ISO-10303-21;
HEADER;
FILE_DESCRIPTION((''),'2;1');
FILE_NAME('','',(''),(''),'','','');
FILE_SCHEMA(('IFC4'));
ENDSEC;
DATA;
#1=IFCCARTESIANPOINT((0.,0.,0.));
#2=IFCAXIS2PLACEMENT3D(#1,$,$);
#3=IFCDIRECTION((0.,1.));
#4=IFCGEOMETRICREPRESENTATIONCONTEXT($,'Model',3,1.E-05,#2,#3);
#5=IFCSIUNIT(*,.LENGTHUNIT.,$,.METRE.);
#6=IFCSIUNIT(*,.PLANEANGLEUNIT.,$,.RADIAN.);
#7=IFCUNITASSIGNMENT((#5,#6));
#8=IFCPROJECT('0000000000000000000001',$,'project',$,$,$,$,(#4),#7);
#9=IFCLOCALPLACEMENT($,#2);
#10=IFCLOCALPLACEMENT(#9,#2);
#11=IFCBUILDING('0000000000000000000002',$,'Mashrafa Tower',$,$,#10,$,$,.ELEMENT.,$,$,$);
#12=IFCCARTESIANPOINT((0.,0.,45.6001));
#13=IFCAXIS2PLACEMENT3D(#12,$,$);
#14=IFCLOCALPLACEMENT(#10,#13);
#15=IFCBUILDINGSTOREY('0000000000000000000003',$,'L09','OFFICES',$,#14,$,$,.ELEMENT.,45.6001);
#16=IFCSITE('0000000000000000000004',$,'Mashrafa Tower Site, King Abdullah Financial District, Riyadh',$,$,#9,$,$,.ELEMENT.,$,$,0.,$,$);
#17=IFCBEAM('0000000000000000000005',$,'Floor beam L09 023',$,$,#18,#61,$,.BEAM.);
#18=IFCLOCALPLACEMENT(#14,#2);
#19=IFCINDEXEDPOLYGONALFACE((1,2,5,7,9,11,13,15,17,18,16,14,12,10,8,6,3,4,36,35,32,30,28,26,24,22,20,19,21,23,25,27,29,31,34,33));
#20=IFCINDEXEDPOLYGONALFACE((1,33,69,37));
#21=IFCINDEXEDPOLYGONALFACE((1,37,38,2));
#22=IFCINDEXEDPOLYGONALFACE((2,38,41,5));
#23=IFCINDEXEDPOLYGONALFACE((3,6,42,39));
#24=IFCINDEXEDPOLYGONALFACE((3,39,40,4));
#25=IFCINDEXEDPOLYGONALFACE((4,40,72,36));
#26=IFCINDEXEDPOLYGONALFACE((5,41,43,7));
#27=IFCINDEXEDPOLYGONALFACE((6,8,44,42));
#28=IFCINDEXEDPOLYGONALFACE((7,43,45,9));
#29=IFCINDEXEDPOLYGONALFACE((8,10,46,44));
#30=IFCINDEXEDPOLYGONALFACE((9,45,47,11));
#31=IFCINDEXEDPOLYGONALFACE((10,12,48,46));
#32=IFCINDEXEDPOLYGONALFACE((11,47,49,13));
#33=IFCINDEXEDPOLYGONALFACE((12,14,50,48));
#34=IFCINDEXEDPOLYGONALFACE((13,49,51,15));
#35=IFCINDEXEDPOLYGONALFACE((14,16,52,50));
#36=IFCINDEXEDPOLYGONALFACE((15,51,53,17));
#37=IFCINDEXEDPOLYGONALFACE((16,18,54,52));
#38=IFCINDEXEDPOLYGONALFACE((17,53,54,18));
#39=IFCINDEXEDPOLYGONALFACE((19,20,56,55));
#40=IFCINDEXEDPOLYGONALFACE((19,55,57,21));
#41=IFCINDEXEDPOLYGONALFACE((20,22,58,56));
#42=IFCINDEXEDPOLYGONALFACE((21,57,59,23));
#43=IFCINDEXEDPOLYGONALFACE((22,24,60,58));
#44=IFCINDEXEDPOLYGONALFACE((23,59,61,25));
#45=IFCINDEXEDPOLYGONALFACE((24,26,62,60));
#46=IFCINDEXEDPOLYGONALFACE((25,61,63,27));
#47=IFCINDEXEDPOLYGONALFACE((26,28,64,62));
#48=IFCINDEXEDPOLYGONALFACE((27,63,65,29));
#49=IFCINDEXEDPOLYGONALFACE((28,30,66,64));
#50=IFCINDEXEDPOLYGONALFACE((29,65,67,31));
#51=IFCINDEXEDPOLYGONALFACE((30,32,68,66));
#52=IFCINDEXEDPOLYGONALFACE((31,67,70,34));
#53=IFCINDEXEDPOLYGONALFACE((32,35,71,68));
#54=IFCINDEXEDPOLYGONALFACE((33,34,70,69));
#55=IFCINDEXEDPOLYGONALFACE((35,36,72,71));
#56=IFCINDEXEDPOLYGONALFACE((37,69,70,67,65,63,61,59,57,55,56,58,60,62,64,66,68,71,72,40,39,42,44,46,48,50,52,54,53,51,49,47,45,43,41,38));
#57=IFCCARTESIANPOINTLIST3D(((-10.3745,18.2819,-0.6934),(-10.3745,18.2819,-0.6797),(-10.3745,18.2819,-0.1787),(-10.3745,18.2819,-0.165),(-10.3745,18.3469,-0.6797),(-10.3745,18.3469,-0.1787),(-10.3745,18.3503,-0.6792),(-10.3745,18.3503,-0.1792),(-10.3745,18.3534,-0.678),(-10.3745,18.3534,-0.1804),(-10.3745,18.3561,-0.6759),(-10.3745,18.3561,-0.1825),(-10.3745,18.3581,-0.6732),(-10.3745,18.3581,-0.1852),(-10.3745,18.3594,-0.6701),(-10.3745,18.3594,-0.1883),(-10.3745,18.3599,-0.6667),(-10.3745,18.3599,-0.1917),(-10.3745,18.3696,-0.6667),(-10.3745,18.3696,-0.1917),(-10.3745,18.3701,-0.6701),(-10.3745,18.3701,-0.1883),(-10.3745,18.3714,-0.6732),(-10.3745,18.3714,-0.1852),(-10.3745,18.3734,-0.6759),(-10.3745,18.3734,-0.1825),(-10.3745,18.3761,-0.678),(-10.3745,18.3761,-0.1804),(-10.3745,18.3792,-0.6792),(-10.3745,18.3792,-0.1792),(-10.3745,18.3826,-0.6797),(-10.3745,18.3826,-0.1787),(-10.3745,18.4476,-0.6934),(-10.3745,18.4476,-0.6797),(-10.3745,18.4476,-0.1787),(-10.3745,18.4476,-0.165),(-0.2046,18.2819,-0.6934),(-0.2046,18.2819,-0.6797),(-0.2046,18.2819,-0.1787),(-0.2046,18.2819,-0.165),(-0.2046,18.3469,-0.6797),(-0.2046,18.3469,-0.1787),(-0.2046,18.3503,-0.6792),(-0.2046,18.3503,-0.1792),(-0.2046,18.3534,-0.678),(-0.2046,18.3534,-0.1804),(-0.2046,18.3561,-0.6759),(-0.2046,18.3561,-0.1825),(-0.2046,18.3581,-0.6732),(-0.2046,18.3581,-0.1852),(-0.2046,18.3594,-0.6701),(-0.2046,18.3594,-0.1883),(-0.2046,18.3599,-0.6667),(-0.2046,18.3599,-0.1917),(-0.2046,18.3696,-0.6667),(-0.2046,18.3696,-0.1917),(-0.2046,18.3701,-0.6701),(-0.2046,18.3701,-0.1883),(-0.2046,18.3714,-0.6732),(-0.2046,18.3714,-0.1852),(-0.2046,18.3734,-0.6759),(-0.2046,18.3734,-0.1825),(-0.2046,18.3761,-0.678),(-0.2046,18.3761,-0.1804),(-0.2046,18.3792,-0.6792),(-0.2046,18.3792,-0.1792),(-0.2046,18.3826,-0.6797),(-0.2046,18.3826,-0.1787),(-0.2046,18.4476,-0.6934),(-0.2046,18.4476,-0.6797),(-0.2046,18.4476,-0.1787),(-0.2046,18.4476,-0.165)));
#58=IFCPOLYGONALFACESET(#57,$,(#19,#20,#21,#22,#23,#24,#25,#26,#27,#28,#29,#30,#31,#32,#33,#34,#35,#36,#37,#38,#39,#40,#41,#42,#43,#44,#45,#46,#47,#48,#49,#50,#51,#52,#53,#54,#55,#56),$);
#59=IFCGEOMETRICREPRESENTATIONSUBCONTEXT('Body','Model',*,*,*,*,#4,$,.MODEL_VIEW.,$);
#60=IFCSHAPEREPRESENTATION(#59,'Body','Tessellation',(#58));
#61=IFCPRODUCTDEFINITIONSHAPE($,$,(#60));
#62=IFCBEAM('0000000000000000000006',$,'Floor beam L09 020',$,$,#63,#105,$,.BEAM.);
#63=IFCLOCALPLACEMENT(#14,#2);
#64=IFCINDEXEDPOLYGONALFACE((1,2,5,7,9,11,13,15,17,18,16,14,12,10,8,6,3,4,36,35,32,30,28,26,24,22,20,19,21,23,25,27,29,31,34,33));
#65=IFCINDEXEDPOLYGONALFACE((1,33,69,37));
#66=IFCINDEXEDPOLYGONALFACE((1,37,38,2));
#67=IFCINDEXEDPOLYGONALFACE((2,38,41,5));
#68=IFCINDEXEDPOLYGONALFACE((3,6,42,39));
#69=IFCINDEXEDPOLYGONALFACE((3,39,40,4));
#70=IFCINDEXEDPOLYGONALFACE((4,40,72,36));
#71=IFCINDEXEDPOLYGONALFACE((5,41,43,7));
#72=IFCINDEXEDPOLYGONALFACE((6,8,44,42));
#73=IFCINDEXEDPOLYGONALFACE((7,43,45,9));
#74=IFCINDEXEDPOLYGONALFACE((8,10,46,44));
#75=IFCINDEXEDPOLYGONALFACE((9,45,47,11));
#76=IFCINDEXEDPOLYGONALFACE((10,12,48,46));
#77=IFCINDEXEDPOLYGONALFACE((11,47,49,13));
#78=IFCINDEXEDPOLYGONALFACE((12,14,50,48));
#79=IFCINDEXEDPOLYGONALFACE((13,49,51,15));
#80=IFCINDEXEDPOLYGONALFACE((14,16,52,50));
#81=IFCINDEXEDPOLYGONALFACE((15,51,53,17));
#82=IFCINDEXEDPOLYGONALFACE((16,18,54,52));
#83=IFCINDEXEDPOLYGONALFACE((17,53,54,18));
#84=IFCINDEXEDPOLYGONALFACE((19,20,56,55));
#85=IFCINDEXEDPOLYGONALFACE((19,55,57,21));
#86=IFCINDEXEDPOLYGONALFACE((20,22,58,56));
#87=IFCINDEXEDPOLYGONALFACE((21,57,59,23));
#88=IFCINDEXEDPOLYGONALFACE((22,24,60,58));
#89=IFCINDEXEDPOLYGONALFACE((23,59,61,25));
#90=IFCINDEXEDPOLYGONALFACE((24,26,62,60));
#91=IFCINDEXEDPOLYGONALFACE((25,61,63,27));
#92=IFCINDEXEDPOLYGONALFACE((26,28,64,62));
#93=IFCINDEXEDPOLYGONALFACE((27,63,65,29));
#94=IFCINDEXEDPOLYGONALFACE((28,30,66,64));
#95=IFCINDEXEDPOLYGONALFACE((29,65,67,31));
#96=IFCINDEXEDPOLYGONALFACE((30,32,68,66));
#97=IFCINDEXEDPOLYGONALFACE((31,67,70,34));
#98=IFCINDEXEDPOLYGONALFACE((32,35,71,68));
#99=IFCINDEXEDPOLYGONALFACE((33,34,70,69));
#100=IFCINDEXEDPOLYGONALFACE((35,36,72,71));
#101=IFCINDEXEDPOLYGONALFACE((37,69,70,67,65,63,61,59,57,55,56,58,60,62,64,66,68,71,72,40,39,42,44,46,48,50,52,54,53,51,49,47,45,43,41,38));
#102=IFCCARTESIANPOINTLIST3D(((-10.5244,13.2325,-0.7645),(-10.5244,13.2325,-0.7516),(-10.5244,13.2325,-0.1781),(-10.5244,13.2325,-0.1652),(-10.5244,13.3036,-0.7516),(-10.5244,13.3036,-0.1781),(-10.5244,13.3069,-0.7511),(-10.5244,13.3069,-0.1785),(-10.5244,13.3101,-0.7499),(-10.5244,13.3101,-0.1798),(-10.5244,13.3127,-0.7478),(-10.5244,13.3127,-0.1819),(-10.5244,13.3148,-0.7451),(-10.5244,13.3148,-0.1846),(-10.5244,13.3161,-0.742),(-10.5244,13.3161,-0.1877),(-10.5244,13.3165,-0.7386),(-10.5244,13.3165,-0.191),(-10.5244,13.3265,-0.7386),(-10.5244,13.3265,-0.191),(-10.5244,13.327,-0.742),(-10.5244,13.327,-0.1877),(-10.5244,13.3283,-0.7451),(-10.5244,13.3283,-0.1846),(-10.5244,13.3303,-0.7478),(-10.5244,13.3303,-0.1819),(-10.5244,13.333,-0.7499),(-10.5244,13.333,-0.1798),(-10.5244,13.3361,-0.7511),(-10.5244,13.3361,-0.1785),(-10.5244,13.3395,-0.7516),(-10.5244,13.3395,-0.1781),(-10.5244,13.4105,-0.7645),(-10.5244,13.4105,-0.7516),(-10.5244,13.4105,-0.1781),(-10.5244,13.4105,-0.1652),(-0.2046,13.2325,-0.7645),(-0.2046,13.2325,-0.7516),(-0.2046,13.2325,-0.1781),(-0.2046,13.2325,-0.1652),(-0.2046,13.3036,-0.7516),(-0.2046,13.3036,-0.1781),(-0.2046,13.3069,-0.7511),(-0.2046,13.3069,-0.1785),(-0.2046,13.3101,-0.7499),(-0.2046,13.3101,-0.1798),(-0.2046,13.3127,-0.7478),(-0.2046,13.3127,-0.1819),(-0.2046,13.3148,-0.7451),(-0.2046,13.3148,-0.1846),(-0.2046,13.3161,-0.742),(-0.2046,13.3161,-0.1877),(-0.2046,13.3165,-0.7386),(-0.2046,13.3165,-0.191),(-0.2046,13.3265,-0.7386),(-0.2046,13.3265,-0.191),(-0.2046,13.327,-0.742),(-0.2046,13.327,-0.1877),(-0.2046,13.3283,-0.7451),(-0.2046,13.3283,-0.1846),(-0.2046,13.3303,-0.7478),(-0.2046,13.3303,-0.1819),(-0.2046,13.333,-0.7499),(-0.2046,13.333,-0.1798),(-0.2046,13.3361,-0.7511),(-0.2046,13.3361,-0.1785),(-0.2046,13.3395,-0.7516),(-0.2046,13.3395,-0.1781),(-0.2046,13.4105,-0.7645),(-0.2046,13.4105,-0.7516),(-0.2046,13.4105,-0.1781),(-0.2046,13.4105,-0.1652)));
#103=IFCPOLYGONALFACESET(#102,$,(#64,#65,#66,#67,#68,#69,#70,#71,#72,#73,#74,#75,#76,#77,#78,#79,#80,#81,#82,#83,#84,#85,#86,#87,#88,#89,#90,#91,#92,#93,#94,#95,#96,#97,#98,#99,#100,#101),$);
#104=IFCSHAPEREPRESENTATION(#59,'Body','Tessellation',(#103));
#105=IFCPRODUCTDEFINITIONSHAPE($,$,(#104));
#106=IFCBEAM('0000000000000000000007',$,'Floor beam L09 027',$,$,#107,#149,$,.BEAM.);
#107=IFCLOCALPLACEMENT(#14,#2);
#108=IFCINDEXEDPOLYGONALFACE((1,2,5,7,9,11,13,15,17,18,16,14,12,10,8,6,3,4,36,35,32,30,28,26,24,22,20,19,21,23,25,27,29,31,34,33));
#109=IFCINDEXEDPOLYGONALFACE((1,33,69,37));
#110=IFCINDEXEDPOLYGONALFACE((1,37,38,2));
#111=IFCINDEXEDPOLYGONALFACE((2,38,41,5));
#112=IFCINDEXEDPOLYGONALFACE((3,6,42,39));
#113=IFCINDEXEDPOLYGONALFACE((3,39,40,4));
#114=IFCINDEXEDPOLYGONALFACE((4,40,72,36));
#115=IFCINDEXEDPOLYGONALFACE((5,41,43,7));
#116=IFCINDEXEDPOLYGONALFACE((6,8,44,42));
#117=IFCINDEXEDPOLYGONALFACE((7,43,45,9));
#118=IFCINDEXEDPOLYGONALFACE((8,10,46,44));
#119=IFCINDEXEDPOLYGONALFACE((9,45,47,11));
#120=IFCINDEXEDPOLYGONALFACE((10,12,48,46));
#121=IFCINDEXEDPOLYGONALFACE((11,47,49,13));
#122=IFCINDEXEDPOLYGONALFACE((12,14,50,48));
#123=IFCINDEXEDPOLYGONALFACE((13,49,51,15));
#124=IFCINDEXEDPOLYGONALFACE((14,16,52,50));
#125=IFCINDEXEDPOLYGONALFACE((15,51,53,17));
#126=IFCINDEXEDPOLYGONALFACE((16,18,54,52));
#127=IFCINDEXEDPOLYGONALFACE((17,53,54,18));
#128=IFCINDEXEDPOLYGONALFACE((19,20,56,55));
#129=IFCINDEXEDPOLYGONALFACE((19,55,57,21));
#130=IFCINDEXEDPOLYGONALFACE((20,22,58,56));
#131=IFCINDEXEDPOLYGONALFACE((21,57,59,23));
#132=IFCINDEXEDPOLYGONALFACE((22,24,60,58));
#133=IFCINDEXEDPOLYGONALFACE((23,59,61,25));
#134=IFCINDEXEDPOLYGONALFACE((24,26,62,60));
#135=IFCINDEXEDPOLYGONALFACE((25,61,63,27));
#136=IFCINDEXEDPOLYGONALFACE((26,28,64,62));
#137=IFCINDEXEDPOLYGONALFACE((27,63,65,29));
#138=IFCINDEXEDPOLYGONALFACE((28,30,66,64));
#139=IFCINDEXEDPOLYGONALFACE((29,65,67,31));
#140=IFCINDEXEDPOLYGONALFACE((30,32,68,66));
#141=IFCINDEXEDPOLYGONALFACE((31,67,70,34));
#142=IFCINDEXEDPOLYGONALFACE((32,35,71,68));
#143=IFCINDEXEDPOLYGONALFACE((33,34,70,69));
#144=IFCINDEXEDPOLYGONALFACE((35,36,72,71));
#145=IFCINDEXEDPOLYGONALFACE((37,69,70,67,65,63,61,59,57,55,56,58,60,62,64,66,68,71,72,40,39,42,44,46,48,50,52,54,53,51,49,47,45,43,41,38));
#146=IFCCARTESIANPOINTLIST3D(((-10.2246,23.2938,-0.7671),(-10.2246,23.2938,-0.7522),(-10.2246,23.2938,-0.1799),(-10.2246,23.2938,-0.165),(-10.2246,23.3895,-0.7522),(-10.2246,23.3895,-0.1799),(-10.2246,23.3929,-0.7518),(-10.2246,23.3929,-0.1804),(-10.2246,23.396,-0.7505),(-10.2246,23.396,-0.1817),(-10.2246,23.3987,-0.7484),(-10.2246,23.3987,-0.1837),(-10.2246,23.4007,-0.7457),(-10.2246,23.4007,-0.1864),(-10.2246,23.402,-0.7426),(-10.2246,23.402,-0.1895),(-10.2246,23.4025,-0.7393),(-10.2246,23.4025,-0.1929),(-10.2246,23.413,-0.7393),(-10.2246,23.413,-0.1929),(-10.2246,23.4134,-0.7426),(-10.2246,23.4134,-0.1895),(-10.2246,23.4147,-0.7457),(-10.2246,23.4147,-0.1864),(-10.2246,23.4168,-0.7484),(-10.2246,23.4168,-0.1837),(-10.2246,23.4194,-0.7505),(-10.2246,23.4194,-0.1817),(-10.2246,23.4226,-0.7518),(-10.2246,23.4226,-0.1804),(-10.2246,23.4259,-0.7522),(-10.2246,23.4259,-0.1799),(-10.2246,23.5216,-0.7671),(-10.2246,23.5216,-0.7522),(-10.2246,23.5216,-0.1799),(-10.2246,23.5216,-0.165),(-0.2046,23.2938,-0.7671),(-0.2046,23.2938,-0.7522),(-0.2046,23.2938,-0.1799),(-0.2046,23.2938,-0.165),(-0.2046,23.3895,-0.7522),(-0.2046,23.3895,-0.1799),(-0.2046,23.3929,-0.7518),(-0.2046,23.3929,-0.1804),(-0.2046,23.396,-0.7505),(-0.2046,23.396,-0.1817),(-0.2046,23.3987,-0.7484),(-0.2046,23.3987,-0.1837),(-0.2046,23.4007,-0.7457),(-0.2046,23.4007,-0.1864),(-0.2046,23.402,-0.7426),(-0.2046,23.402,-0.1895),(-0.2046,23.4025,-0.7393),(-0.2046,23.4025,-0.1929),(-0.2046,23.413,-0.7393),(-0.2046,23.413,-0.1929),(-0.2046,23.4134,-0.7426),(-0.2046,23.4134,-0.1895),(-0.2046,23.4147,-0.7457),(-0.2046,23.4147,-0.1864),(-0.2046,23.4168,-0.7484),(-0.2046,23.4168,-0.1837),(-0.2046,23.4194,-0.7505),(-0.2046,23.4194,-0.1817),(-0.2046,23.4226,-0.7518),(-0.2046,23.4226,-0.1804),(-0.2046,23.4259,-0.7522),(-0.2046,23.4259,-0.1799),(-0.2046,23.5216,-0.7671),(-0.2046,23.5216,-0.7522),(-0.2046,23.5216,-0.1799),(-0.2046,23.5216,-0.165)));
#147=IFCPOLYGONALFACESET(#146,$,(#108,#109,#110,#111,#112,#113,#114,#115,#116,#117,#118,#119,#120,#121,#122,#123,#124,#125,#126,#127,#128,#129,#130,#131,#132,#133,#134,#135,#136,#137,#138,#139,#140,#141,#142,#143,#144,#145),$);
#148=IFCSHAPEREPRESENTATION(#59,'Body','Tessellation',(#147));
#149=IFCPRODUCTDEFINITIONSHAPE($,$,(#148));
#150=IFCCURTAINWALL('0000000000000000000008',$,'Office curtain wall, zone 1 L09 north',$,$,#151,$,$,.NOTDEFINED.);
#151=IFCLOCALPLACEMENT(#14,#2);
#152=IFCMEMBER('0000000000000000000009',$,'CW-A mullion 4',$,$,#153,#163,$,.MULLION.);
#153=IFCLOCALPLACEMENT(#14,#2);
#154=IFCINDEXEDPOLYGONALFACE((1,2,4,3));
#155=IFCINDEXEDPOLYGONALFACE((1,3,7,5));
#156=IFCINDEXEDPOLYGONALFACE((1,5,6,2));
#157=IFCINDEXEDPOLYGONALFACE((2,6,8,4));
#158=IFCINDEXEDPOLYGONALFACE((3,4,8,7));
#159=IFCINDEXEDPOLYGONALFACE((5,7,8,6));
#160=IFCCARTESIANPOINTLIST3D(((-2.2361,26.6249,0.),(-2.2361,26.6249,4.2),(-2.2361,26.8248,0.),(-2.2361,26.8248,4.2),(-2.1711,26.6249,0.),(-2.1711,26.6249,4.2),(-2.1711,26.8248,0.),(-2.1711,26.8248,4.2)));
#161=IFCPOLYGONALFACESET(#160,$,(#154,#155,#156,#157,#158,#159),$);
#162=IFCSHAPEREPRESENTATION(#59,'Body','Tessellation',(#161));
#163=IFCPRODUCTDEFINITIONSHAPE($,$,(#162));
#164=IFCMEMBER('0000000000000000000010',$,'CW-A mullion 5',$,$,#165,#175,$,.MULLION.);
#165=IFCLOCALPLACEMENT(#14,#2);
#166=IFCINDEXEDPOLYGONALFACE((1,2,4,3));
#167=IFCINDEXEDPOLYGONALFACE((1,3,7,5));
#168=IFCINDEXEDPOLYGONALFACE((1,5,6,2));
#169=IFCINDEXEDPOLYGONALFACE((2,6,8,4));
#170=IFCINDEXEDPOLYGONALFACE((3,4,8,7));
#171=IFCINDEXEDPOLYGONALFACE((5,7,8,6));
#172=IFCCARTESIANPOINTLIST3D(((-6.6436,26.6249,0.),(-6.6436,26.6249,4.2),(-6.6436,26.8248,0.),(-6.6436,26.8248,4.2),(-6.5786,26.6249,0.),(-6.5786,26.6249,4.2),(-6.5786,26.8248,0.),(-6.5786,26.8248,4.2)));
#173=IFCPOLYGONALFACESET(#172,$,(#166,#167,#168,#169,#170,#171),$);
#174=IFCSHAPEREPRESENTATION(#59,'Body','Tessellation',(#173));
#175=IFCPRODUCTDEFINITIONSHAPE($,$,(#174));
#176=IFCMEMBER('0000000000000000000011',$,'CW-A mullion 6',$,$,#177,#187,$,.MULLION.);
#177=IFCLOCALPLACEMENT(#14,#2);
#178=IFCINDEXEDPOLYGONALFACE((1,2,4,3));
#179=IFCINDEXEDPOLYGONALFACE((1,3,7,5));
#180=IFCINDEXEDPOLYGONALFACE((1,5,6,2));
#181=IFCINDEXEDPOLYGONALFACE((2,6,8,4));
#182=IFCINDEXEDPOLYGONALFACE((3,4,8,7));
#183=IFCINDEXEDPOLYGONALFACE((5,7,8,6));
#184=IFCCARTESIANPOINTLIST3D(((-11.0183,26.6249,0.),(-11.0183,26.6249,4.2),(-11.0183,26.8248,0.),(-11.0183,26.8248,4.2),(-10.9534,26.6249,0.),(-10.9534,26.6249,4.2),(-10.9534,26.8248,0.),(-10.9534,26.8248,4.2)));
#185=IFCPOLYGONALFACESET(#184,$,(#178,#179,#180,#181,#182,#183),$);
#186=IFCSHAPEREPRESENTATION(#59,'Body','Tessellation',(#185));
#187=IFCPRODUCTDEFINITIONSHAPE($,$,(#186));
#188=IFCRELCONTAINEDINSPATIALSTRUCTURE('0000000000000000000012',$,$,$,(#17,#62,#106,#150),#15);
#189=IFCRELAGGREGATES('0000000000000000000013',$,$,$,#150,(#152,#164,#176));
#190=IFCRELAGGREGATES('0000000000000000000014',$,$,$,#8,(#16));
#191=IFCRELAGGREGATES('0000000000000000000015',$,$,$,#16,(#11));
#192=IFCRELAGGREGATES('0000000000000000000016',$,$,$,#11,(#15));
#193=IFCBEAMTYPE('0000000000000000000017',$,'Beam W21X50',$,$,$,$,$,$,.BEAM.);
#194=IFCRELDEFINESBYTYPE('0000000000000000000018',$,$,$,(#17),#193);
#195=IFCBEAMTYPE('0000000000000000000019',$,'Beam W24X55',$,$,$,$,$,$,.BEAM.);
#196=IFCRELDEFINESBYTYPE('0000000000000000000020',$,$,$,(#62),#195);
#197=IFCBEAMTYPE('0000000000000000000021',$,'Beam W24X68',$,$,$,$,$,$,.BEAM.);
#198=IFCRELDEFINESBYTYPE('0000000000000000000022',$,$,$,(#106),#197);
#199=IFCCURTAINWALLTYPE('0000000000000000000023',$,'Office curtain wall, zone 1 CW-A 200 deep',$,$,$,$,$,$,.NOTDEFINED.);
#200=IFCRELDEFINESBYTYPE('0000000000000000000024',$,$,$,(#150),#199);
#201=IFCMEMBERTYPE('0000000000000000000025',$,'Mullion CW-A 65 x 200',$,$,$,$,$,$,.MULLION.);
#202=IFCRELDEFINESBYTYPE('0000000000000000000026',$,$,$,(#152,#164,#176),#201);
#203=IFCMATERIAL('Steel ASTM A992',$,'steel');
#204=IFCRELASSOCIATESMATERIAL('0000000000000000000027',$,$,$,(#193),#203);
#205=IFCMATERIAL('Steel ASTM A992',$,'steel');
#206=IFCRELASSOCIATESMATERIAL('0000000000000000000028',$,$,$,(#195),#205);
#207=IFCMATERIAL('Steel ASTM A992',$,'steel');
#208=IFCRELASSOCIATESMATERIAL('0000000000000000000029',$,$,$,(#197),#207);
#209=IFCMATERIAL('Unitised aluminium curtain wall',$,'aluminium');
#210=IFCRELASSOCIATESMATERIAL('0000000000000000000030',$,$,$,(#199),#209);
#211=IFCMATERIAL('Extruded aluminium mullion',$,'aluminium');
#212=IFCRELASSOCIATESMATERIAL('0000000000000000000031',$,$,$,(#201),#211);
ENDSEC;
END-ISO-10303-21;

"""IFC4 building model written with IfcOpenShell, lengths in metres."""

from ifc_helpers import new_model, si_unit, direction, frame, origin, origin_2d, place, context, subcontext, project, spatial, rectangle, i_section, extrude, source, transform, mapped, material, material_profile, profile_set, type_object, type_shapes, element, aggregate, save


model = new_model("IFC4")

# Units and contexts
model_context = context("Model", 3, precision=1e-05, world=origin(), true_north=direction((0.0, 1.0)))
body_context = subcontext(model_context, "Body", "Model", "MODEL_VIEW")
ifc_project = project(units=[si_unit("LENGTHUNIT", "METRE"), si_unit("PLANEANGLEUNIT", "RADIAN")], contexts=[model_context])

# Site, building, storey
site_placement = place(None, origin())
site = spatial("IfcSite", under=ifc_project, at=site_placement, Name="Mashrafa Tower Site, King Abdullah Financial District, Riyadh", CompositionType="ELEMENT", RefElevation=0.0)
building_placement = place(site_placement, origin())
building = spatial("IfcBuilding", under=site, at=building_placement, Name="Mashrafa Tower", CompositionType="ELEMENT")
storey_placement = place(building_placement, frame((0.0, 0.0, 45.6001)))
storey = spatial("IfcBuildingStorey", under=building, at=storey_placement, Name="L09", Description="OFFICES", CompositionType="ELEMENT", Elevation=45.6001)

# Beams
ifc_material_1 = material(Name="Steel ASTM A992", Category="steel")
ifc_material_profile_1 = material_profile(ifc_material_1, i_section(OverallWidth=0.1658, OverallDepth=0.5283, WebThickness=0.0098, FlangeThickness=0.0137, FilletRadius=0.0129, at=origin_2d()), Name="W21X50")
ifc_profile_set_1 = profile_set([ifc_material_profile_1], Name="Steel ASTM A992")
beam_type_1 = type_object("IfcBeamType", Name="Beam W21X50", PredefinedType="BEAM", material=ifc_profile_set_1)
beam_1_placement = place(storey_placement, frame((-10.3745, 18.3647, -0.4292), z_axis=(1.0, 0.0, 0.0), x_axis=(0.0, 1.0, 0.0)))
element("IfcBeam", 1, at=beam_1_placement, inside=storey, type_object=beam_type_1, Name="Floor beam L09 023", PredefinedType="BEAM", context=body_context, shape_type="SweptSolid", body=[
    extrude(i_section(OverallWidth=0.1658, OverallDepth=0.5283, WebThickness=0.0098, FlangeThickness=0.0137, FilletRadius=0.0129, at=origin_2d()), origin(), (0.0, 0.0, 1.0), 10.1699),
])
ifc_material_2 = material(Name="Steel ASTM A992", Category="steel")
ifc_material_profile_2 = material_profile(ifc_material_2, i_section(OverallWidth=0.178, OverallDepth=0.5994, WebThickness=0.01, FlangeThickness=0.0129, FilletRadius=0.0129, at=origin_2d()), Name="W24X55")
ifc_profile_set_2 = profile_set([ifc_material_profile_2], Name="Steel ASTM A992")
beam_type_2 = type_object("IfcBeamType", Name="Beam W24X55", PredefinedType="BEAM", material=ifc_profile_set_2)
beam_2_placement = place(storey_placement, frame((-10.5244, 13.3215, -0.4648), z_axis=(1.0, 0.0, 0.0), x_axis=(0.0, 1.0, 0.0)))
element("IfcBeam", 2, at=beam_2_placement, inside=storey, type_object=beam_type_2, Name="Floor beam L09 020", PredefinedType="BEAM", context=body_context, shape_type="SweptSolid", body=[
    extrude(i_section(OverallWidth=0.178, OverallDepth=0.5994, WebThickness=0.01, FlangeThickness=0.0129, FilletRadius=0.0129, at=origin_2d()), origin(), (0.0, 0.0, 1.0), 10.3198),
])
ifc_material_3 = material(Name="Steel ASTM A992", Category="steel")
ifc_material_profile_3 = material_profile(ifc_material_3, i_section(OverallWidth=0.2278, OverallDepth=0.6021, WebThickness=0.0105, FlangeThickness=0.0149, FilletRadius=0.0129, at=origin_2d()), Name="W24X68")
ifc_profile_set_3 = profile_set([ifc_material_profile_3], Name="Steel ASTM A992")
beam_type_3 = type_object("IfcBeamType", Name="Beam W24X68", PredefinedType="BEAM", material=ifc_profile_set_3)
beam_3_placement = place(storey_placement, frame((-10.2246, 23.4077, -0.4661), z_axis=(1.0, 0.0, 0.0), x_axis=(0.0, 1.0, 0.0)))
element("IfcBeam", 3, at=beam_3_placement, inside=storey, type_object=beam_type_3, Name="Floor beam L09 027", PredefinedType="BEAM", context=body_context, shape_type="SweptSolid", body=[
    extrude(i_section(OverallWidth=0.2278, OverallDepth=0.6021, WebThickness=0.0105, FlangeThickness=0.0149, FilletRadius=0.0129, at=origin_2d()), origin(), (0.0, 0.0, 1.0), 10.02),
])

# Curtain wall, members
ifc_material_4 = material(Name="Unitised aluminium curtain wall", Category="aluminium")
curtain_wall_type = type_object("IfcCurtainWallType", Name="Office curtain wall, zone 1 CW-A 200 deep", PredefinedType="NOTDEFINED", material=ifc_material_4)
curtain_wall_1_placement = place(storey_placement, origin())
curtain_wall_1 = element("IfcCurtainWall", 4, at=curtain_wall_1_placement, inside=storey, type_object=curtain_wall_type, Name="Office curtain wall, zone 1 L09 north", PredefinedType="NOTDEFINED")
ifc_material_5 = material(Name="Extruded aluminium mullion", Category="aluminium")
ifc_material_profile_4 = material_profile(ifc_material_5, rectangle(XDim=0.2, YDim=0.0649, at=origin_2d()), Name="Mullion 65x200")
ifc_profile_set_4 = profile_set([ifc_material_profile_4], Name="Extruded aluminium mullion")
member_type_1 = type_object("IfcMemberType", Name="Mullion CW-A 65 x 200", PredefinedType="MULLION", material=ifc_profile_set_4)
shared_shape_1 = source(origin(), body_context, "Body", "SweptSolid", [
    extrude(rectangle(XDim=0.2, YDim=0.0649, at=origin_2d()), origin(), (0.0, 0.0, 1.0), 4.2),
])
type_shapes(member_type_1, [shared_shape_1])
member_1_placement = place(storey_placement, frame((-2.2036, 26.7249, 0.0), z_axis=(0.0, 0.0, 1.0), x_axis=(0.0, -1.0, 0.0)))
member_1 = element("IfcMember", 5, at=member_1_placement, type_object=member_type_1, Name="CW-A mullion 4", PredefinedType="MULLION", context=body_context, shape_type="MappedRepresentation", body=[
    mapped(shared_shape_1, transform((0.0, 0.0, 0.0))),
])
member_2_placement = place(storey_placement, frame((-6.6111, 26.7249, 0.0), z_axis=(0.0, 0.0, 1.0), x_axis=(0.0, -1.0, 0.0)))
member_2 = element("IfcMember", 6, at=member_2_placement, type_object=member_type_1, Name="CW-A mullion 5", PredefinedType="MULLION", context=body_context, shape_type="MappedRepresentation", body=[
    mapped(shared_shape_1, transform((0.0, 0.0, 0.0))),
])
member_3_placement = place(storey_placement, frame((-10.9858, 26.7249, 0.0), z_axis=(0.0, 0.0, 1.0), x_axis=(0.0, -1.0, 0.0)))
member_3 = element("IfcMember", 7, at=member_3_placement, type_object=member_type_1, Name="CW-A mullion 6", PredefinedType="MULLION", context=body_context, shape_type="MappedRepresentation", body=[
    mapped(shared_shape_1, transform((0.0, 0.0, 0.0))),
])

aggregate(curtain_wall_1, [member_1, member_2, member_3])

save(model, "model.ifc")
